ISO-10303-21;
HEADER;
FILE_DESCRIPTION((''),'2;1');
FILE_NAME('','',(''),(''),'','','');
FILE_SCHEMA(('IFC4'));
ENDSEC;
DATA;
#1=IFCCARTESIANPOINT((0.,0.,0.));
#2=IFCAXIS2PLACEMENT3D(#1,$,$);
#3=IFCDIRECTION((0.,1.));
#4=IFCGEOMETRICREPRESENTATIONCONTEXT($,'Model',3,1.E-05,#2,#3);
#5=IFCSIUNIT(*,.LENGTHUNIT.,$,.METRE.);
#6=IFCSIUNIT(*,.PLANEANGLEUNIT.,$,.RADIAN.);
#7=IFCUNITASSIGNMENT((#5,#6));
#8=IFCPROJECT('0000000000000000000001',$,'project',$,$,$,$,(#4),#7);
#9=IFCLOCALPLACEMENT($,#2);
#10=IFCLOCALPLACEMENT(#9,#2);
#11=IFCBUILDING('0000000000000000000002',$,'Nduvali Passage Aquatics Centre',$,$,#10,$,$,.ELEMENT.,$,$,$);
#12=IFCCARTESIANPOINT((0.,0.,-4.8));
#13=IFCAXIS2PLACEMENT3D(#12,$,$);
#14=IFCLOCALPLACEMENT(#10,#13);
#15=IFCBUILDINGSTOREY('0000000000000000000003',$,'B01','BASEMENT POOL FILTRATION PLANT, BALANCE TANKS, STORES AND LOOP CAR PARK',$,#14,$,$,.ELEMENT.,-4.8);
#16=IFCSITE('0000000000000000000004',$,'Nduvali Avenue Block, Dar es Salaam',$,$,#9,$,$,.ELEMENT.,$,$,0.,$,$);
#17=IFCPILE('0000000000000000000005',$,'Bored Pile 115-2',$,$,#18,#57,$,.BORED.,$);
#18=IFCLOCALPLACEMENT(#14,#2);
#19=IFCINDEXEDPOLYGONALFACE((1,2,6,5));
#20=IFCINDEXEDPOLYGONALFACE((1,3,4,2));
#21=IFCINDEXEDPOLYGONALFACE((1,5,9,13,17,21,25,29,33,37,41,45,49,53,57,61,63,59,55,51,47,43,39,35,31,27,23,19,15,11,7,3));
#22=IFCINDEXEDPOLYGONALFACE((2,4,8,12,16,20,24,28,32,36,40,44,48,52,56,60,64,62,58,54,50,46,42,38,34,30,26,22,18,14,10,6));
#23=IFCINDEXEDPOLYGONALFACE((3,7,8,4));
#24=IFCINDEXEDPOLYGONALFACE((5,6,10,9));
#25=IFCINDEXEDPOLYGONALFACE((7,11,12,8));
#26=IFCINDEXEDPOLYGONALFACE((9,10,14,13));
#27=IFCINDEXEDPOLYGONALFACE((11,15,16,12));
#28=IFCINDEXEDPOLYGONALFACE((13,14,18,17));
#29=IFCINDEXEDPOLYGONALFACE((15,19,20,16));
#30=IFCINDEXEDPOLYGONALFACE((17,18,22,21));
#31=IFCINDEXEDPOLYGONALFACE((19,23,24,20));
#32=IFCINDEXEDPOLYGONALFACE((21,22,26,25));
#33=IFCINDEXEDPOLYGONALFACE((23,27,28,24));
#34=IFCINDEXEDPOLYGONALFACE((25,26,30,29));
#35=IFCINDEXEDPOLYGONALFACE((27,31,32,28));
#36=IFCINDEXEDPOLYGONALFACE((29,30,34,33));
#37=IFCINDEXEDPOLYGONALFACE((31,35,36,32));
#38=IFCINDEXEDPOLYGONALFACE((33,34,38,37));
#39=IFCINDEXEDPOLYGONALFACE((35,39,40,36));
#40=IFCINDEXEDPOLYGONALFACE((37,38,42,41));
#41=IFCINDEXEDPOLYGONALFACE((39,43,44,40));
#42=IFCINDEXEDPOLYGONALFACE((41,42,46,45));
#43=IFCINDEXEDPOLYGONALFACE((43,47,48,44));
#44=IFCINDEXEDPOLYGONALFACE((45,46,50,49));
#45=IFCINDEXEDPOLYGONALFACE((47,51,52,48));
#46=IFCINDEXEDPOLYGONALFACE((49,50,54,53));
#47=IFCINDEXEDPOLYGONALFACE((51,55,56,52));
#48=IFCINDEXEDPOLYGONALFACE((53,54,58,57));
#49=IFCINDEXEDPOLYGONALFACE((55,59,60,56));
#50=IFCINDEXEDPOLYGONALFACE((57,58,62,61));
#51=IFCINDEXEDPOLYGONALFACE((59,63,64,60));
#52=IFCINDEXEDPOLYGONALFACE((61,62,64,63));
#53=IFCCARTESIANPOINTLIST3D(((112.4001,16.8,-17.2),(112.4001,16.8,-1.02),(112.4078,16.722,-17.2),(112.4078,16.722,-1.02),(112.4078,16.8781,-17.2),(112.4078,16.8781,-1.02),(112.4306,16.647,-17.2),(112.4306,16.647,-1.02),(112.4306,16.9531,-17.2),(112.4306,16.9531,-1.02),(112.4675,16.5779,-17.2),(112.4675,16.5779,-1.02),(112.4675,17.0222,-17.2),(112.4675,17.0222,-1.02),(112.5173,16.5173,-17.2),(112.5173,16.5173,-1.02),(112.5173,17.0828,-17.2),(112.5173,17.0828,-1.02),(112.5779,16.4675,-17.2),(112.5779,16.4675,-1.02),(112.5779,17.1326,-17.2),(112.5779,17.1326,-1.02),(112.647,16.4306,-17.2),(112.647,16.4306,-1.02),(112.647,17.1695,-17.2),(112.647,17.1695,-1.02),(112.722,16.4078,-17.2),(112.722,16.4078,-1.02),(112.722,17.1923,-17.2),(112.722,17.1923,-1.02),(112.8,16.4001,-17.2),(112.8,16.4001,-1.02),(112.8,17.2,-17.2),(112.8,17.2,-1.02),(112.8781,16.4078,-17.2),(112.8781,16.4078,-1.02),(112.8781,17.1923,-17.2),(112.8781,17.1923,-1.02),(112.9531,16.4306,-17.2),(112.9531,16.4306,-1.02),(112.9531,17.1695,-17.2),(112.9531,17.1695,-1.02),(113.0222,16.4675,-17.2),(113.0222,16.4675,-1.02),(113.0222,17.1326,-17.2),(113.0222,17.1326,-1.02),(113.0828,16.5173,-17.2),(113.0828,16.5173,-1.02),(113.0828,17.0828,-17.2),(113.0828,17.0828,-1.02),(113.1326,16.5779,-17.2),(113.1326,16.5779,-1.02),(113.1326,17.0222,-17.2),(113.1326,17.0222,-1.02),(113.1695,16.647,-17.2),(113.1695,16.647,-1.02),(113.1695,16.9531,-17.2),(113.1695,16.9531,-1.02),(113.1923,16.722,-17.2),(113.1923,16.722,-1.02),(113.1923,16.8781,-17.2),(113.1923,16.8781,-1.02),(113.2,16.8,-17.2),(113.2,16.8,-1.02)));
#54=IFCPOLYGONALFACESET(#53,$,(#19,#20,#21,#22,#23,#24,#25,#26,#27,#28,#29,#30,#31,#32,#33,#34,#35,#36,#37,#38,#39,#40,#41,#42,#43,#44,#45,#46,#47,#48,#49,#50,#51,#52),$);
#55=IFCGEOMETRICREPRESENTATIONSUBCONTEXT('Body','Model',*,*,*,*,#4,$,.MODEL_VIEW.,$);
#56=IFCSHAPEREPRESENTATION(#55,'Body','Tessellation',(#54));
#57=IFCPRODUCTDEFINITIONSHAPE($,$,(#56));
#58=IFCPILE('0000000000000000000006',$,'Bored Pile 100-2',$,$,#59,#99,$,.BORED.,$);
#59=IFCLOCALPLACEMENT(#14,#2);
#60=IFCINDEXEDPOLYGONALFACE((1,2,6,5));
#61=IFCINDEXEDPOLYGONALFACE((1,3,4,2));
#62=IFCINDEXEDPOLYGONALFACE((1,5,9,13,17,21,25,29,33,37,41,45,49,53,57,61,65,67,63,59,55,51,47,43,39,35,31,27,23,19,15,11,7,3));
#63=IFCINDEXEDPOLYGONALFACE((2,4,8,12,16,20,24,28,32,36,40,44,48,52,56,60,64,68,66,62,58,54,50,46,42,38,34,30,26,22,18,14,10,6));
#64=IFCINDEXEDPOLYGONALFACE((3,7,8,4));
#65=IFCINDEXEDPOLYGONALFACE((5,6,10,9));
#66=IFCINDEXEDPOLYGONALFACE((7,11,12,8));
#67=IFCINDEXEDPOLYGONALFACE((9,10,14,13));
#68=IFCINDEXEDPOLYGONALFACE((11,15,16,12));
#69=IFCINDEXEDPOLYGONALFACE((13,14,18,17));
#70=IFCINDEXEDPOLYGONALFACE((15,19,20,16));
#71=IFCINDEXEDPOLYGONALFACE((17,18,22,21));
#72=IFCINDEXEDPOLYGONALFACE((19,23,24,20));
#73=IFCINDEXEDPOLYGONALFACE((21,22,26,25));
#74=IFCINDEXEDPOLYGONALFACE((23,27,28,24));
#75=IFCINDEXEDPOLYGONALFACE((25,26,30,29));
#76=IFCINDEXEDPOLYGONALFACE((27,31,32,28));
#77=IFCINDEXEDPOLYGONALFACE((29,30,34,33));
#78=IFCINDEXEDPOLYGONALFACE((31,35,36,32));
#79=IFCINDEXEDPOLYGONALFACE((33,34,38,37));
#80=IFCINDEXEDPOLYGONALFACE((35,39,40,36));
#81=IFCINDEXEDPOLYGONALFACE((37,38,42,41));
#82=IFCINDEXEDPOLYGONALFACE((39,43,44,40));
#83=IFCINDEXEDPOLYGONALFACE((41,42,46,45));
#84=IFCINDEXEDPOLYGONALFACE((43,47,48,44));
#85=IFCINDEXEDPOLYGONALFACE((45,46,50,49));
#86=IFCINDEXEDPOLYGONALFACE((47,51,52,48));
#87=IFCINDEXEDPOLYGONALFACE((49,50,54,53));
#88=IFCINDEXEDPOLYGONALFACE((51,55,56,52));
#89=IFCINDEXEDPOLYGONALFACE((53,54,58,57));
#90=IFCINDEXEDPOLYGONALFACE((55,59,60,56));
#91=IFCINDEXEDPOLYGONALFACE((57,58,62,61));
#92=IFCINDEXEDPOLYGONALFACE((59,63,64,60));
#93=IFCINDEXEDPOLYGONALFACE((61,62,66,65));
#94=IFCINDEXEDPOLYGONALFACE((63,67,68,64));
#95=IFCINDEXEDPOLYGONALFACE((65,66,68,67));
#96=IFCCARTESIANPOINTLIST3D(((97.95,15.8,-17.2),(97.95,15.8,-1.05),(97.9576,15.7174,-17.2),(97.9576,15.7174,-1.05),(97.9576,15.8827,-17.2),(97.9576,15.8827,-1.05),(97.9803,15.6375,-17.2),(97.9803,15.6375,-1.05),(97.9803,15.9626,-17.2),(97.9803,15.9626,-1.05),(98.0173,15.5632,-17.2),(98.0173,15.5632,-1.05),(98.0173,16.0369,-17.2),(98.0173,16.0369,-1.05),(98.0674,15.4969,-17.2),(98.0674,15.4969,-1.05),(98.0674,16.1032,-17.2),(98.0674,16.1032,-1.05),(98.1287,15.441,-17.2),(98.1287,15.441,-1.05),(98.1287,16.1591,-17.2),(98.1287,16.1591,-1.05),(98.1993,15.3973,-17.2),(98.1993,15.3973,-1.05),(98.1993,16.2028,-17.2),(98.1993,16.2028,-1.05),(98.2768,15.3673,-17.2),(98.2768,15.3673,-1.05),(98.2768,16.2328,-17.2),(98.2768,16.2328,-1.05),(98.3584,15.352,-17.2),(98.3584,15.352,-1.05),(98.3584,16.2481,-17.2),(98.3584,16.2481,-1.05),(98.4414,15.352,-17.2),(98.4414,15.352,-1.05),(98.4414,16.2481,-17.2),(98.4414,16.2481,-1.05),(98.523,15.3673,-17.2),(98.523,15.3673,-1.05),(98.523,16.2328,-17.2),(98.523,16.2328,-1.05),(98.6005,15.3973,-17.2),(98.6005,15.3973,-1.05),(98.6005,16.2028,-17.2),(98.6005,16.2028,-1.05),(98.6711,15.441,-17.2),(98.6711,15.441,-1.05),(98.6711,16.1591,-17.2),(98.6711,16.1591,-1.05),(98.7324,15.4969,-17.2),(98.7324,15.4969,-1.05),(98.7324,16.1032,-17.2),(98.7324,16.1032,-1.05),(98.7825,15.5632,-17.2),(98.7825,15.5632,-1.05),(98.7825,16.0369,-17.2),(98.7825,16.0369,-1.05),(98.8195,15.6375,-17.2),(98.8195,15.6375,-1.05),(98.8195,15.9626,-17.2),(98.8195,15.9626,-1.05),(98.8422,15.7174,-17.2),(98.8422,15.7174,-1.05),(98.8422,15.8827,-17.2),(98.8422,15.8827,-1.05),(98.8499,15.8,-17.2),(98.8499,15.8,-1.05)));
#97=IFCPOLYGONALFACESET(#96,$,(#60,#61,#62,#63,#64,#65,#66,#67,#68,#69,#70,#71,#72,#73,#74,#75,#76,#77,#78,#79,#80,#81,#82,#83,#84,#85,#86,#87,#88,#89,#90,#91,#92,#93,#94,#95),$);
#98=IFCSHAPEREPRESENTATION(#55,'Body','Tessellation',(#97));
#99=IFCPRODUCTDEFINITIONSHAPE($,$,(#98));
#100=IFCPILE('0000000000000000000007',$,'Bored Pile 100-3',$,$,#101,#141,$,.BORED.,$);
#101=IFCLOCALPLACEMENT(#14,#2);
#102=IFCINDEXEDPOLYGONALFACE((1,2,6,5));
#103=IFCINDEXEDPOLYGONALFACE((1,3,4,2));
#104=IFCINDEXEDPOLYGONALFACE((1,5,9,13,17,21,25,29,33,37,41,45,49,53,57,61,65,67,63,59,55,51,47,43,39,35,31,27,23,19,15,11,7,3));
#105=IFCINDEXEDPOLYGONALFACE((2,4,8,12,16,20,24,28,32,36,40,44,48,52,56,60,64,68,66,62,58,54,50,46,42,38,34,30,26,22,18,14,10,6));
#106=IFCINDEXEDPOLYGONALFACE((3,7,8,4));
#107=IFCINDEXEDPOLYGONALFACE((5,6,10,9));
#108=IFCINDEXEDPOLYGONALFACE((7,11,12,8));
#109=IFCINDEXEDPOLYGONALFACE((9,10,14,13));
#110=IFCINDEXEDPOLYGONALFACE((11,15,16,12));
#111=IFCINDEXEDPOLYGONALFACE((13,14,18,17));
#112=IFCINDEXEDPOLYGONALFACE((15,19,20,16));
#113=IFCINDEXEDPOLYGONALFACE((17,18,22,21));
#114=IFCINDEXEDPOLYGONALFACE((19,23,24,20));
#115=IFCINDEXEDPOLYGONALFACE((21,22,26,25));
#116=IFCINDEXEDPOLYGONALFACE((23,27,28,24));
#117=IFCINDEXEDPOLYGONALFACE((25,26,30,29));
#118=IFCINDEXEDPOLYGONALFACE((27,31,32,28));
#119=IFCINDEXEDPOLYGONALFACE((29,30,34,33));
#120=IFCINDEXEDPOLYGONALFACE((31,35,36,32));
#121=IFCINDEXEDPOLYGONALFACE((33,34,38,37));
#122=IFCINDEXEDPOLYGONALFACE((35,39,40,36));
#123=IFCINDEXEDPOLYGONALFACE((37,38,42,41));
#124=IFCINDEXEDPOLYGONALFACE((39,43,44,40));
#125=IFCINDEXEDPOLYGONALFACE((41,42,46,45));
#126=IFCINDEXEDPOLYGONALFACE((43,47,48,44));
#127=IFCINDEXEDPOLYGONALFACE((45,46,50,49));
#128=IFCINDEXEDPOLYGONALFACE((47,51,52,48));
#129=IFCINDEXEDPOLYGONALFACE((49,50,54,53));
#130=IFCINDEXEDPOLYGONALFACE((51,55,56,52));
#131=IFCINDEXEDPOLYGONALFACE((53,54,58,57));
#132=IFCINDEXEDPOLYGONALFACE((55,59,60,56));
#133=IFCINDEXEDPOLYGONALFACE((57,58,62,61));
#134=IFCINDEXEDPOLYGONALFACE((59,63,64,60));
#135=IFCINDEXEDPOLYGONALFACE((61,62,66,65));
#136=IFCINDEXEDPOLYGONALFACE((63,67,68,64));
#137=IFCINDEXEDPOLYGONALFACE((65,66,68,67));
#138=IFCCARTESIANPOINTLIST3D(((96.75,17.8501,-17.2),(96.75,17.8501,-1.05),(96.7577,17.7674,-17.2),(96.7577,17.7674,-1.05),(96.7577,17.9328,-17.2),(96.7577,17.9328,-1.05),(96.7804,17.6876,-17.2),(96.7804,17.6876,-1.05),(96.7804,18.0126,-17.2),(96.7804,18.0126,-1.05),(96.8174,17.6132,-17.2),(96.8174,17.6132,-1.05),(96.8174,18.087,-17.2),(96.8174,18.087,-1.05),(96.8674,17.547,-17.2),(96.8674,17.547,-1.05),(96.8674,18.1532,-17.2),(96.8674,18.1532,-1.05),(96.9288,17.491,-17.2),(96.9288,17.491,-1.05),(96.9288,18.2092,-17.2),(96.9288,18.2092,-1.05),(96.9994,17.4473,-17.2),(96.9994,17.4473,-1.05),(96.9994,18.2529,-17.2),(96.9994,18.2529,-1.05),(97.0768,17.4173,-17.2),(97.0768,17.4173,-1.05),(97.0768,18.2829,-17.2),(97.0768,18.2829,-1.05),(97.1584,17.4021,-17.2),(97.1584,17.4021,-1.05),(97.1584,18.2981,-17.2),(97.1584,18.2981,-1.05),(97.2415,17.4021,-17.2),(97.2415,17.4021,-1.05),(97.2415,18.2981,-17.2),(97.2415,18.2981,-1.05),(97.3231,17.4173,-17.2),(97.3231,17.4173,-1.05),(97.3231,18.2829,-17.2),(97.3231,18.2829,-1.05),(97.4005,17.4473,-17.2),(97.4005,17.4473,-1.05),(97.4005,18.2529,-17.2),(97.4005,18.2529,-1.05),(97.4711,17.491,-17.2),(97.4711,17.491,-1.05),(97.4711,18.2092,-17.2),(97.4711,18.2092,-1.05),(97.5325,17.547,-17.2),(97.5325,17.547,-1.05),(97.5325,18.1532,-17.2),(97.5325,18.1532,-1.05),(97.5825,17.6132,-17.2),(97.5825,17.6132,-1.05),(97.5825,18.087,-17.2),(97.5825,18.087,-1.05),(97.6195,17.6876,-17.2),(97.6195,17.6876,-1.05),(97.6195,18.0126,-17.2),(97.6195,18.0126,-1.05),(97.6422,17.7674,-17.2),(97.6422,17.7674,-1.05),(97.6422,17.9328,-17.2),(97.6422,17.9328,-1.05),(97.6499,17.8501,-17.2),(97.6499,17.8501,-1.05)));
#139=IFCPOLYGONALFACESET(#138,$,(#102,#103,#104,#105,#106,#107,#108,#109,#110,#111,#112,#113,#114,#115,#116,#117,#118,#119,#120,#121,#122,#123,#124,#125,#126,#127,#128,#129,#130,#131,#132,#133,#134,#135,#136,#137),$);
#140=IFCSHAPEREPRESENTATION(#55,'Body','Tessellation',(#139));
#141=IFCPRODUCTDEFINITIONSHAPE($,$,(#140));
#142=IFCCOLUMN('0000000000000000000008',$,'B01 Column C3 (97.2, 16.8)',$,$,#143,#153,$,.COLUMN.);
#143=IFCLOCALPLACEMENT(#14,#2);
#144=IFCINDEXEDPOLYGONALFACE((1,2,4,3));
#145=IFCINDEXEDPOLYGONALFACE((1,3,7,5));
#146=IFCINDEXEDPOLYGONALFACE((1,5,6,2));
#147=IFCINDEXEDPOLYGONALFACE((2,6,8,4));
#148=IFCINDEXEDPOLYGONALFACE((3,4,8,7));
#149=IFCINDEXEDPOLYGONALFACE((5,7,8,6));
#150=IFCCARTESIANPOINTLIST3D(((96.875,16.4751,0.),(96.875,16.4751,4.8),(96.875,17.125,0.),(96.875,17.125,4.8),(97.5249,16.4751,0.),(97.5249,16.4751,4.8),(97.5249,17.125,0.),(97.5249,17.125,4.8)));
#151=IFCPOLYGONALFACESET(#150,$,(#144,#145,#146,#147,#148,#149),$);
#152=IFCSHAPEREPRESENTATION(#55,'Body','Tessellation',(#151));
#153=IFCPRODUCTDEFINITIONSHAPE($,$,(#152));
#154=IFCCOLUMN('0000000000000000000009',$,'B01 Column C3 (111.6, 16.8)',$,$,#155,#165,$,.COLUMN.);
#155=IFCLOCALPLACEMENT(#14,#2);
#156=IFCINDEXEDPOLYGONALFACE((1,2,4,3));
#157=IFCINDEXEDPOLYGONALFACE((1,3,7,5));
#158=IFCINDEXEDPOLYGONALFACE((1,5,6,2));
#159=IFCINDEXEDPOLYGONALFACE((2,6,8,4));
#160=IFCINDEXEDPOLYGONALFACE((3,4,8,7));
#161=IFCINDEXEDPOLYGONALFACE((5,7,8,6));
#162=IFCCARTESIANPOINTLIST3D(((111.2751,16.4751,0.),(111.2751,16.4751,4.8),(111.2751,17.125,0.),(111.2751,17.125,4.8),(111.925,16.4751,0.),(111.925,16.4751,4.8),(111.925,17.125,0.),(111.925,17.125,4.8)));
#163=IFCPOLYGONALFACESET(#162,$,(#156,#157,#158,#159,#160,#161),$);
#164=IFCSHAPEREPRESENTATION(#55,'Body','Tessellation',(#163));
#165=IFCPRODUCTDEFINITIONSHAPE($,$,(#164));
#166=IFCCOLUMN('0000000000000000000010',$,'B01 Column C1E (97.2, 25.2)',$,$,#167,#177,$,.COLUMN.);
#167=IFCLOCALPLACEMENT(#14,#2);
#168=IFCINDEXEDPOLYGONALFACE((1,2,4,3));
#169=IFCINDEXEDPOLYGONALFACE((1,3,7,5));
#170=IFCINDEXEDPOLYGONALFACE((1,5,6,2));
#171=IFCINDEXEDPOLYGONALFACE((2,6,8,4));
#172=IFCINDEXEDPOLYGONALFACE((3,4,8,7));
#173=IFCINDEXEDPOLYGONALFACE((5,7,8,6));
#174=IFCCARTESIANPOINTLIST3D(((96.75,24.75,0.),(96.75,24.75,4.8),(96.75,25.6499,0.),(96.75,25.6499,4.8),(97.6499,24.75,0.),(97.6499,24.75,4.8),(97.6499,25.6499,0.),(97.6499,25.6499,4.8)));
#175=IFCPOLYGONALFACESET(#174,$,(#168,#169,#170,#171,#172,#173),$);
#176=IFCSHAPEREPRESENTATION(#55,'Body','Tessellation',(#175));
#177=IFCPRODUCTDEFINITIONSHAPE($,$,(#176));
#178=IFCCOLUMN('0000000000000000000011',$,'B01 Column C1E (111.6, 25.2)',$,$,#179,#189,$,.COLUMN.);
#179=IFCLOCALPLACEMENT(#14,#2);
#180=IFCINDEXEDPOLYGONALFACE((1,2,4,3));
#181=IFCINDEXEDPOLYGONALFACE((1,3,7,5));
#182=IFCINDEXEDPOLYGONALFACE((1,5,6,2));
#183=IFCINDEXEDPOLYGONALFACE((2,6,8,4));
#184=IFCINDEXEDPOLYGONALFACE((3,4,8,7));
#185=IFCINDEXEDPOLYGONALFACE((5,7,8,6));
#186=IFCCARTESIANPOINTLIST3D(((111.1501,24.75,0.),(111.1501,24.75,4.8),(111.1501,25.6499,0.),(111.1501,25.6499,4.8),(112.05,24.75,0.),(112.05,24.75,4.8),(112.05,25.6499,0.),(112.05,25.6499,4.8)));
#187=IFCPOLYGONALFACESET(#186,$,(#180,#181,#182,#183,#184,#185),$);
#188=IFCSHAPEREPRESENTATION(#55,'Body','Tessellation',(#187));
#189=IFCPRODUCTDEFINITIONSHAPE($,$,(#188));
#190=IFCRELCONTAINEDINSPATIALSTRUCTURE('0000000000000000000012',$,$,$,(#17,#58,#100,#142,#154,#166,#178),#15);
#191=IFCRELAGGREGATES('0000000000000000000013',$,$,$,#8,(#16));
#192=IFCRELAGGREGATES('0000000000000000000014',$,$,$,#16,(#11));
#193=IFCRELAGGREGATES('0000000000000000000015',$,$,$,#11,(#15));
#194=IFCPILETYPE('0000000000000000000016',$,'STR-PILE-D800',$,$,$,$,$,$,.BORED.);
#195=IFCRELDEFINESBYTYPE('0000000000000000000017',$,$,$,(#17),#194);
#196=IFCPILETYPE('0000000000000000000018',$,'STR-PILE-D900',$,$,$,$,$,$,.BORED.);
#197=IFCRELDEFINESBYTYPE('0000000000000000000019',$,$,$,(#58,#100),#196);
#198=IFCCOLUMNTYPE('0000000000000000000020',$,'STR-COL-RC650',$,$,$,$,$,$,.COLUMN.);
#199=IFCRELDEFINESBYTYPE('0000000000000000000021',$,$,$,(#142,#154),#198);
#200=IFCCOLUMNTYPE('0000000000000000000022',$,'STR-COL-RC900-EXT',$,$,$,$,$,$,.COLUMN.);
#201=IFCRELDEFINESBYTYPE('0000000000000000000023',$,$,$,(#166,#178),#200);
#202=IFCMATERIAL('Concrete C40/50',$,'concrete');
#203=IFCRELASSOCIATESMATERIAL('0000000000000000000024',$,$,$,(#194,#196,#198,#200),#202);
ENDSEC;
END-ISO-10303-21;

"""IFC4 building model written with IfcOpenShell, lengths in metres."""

from ifc_helpers import new_model, si_unit, direction, frame, origin, origin_2d, place, context, subcontext, project, spatial, rectangle, circle, extrude, material, material_profile, profile_set, type_object, element, save


model = new_model("IFC4")

# Units and contexts
model_context = context("Model", 3, precision=1e-05, world=origin(), true_north=direction((0.0, 1.0)))
body_context = subcontext(model_context, "Body", "Model", "MODEL_VIEW")
ifc_project = project(units=[si_unit("LENGTHUNIT", "METRE"), si_unit("PLANEANGLEUNIT", "RADIAN")], contexts=[model_context])

# Site, building, storey
site_placement = place(None, origin())
site = spatial("IfcSite", under=ifc_project, at=site_placement, Name="Nduvali Avenue Block, Dar es Salaam", CompositionType="ELEMENT", RefElevation=0.0)
building_placement = place(site_placement, origin())
building = spatial("IfcBuilding", under=site, at=building_placement, Name="Nduvali Passage Aquatics Centre", CompositionType="ELEMENT")
storey_placement = place(building_placement, frame((0.0, 0.0, -4.8)))
storey = spatial("IfcBuildingStorey", under=building, at=storey_placement, Name="B01", Description="BASEMENT POOL FILTRATION PLANT, BALANCE TANKS, STORES AND LOOP CAR PARK", CompositionType="ELEMENT", Elevation=-4.8)

# Shared definitions
ifc_material = material(Name="Concrete C40/50", Category="concrete")

# Piles
ifc_material_profile_1 = material_profile(ifc_material, circle(Radius=0.3999, at=origin_2d()), Name="PILE D800")
ifc_profile_set_1 = profile_set([ifc_material_profile_1], Name="Concrete C40/50")
pile_type_1 = type_object("IfcPileType", Name="STR-PILE-D800", PredefinedType="BORED", material=ifc_profile_set_1)
for number, where, z_axis, x_axis, name in (
    (1, (112.8, 16.8, -1.02), (0.0, 0.0, -1.0), (1.0, 0.0, 0.0), "Bored Pile 115-2"),
):
    element("IfcPile", number, at=place(storey_placement, frame(where, z_axis=z_axis, x_axis=x_axis)), inside=storey, type_object=pile_type_1, Name=name, PredefinedType="BORED", context=body_context, shape_type="SweptSolid", body=[
        extrude(circle(Radius=0.3999, at=origin_2d()), origin(), (0.0, 0.0, 1.0), 16.1799),
    ])
ifc_material_profile_2 = material_profile(ifc_material, circle(Radius=0.45, at=origin_2d()), Name="PILE D900")
ifc_profile_set_2 = profile_set([ifc_material_profile_2], Name="Concrete C40/50")
pile_type_2 = type_object("IfcPileType", Name="STR-PILE-D900", PredefinedType="BORED", material=ifc_profile_set_2)
for number, where, z_axis, x_axis, name in (
    (2, (98.3999, 15.8, -1.05), (0.0, 0.0, -1.0), (1.0, 0.0, 0.0), "Bored Pile 100-2"),
    (3, (97.2, 17.8501, -1.05), (0.0, 0.0, -1.0), (1.0, 0.0, 0.0), "Bored Pile 100-3"),
):
    element("IfcPile", number, at=place(storey_placement, frame(where, z_axis=z_axis, x_axis=x_axis)), inside=storey, type_object=pile_type_2, Name=name, PredefinedType="BORED", context=body_context, shape_type="SweptSolid", body=[
        extrude(circle(Radius=0.45, at=origin_2d()), origin(), (0.0, 0.0, 1.0), 16.1499),
    ])

# Columns
ifc_material_profile_3 = material_profile(ifc_material, rectangle(XDim=0.6499, YDim=0.6499, at=origin_2d()), Name="RC 650x650")
ifc_profile_set_3 = profile_set([ifc_material_profile_3], Name="Concrete C40/50")
column_type_1 = type_object("IfcColumnType", Name="STR-COL-RC650", PredefinedType="COLUMN", material=ifc_profile_set_3)
for number, where, z_axis, x_axis, name in (
    (4, (97.2, 16.8, 0.0), (0.0, 0.0, 1.0), (1.0, 0.0, 0.0), "B01 Column C3 (97.2, 16.8)"),
    (5, (111.6001, 16.8, 0.0), (0.0, 0.0, 1.0), (1.0, 0.0, 0.0), "B01 Column C3 (111.6, 16.8)"),
):
    element("IfcColumn", number, at=place(storey_placement, frame(where, z_axis=z_axis, x_axis=x_axis)), inside=storey, type_object=column_type_1, Name=name, PredefinedType="COLUMN", context=body_context, shape_type="SweptSolid", body=[
        extrude(rectangle(XDim=0.6499, YDim=0.6499, at=origin_2d()), origin(), (0.0, 0.0, 1.0), 4.8),
    ])
ifc_material_profile_4 = material_profile(ifc_material, rectangle(XDim=0.8999, YDim=0.8999, at=origin_2d()), Name="RC 900x900")
ifc_profile_set_4 = profile_set([ifc_material_profile_4], Name="Concrete C40/50")
column_type_2 = type_object("IfcColumnType", Name="STR-COL-RC900-EXT", PredefinedType="COLUMN", material=ifc_profile_set_4)
for number, where, z_axis, x_axis, name in (
    (6, (97.2, 25.2, 0.0), (0.0, 0.0, 1.0), (1.0, 0.0, 0.0), "B01 Column C1E (97.2, 25.2)"),
    (7, (111.6001, 25.2, 0.0), (0.0, 0.0, 1.0), (1.0, 0.0, 0.0), "B01 Column C1E (111.6, 25.2)"),
):
    element("IfcColumn", number, at=place(storey_placement, frame(where, z_axis=z_axis, x_axis=x_axis)), inside=storey, type_object=column_type_2, Name=name, PredefinedType="COLUMN", context=body_context, shape_type="SweptSolid", body=[
        extrude(rectangle(XDim=0.8999, YDim=0.8999, at=origin_2d()), origin(), (0.0, 0.0, 1.0), 4.8),
    ])

save(model, "model.ifc")
